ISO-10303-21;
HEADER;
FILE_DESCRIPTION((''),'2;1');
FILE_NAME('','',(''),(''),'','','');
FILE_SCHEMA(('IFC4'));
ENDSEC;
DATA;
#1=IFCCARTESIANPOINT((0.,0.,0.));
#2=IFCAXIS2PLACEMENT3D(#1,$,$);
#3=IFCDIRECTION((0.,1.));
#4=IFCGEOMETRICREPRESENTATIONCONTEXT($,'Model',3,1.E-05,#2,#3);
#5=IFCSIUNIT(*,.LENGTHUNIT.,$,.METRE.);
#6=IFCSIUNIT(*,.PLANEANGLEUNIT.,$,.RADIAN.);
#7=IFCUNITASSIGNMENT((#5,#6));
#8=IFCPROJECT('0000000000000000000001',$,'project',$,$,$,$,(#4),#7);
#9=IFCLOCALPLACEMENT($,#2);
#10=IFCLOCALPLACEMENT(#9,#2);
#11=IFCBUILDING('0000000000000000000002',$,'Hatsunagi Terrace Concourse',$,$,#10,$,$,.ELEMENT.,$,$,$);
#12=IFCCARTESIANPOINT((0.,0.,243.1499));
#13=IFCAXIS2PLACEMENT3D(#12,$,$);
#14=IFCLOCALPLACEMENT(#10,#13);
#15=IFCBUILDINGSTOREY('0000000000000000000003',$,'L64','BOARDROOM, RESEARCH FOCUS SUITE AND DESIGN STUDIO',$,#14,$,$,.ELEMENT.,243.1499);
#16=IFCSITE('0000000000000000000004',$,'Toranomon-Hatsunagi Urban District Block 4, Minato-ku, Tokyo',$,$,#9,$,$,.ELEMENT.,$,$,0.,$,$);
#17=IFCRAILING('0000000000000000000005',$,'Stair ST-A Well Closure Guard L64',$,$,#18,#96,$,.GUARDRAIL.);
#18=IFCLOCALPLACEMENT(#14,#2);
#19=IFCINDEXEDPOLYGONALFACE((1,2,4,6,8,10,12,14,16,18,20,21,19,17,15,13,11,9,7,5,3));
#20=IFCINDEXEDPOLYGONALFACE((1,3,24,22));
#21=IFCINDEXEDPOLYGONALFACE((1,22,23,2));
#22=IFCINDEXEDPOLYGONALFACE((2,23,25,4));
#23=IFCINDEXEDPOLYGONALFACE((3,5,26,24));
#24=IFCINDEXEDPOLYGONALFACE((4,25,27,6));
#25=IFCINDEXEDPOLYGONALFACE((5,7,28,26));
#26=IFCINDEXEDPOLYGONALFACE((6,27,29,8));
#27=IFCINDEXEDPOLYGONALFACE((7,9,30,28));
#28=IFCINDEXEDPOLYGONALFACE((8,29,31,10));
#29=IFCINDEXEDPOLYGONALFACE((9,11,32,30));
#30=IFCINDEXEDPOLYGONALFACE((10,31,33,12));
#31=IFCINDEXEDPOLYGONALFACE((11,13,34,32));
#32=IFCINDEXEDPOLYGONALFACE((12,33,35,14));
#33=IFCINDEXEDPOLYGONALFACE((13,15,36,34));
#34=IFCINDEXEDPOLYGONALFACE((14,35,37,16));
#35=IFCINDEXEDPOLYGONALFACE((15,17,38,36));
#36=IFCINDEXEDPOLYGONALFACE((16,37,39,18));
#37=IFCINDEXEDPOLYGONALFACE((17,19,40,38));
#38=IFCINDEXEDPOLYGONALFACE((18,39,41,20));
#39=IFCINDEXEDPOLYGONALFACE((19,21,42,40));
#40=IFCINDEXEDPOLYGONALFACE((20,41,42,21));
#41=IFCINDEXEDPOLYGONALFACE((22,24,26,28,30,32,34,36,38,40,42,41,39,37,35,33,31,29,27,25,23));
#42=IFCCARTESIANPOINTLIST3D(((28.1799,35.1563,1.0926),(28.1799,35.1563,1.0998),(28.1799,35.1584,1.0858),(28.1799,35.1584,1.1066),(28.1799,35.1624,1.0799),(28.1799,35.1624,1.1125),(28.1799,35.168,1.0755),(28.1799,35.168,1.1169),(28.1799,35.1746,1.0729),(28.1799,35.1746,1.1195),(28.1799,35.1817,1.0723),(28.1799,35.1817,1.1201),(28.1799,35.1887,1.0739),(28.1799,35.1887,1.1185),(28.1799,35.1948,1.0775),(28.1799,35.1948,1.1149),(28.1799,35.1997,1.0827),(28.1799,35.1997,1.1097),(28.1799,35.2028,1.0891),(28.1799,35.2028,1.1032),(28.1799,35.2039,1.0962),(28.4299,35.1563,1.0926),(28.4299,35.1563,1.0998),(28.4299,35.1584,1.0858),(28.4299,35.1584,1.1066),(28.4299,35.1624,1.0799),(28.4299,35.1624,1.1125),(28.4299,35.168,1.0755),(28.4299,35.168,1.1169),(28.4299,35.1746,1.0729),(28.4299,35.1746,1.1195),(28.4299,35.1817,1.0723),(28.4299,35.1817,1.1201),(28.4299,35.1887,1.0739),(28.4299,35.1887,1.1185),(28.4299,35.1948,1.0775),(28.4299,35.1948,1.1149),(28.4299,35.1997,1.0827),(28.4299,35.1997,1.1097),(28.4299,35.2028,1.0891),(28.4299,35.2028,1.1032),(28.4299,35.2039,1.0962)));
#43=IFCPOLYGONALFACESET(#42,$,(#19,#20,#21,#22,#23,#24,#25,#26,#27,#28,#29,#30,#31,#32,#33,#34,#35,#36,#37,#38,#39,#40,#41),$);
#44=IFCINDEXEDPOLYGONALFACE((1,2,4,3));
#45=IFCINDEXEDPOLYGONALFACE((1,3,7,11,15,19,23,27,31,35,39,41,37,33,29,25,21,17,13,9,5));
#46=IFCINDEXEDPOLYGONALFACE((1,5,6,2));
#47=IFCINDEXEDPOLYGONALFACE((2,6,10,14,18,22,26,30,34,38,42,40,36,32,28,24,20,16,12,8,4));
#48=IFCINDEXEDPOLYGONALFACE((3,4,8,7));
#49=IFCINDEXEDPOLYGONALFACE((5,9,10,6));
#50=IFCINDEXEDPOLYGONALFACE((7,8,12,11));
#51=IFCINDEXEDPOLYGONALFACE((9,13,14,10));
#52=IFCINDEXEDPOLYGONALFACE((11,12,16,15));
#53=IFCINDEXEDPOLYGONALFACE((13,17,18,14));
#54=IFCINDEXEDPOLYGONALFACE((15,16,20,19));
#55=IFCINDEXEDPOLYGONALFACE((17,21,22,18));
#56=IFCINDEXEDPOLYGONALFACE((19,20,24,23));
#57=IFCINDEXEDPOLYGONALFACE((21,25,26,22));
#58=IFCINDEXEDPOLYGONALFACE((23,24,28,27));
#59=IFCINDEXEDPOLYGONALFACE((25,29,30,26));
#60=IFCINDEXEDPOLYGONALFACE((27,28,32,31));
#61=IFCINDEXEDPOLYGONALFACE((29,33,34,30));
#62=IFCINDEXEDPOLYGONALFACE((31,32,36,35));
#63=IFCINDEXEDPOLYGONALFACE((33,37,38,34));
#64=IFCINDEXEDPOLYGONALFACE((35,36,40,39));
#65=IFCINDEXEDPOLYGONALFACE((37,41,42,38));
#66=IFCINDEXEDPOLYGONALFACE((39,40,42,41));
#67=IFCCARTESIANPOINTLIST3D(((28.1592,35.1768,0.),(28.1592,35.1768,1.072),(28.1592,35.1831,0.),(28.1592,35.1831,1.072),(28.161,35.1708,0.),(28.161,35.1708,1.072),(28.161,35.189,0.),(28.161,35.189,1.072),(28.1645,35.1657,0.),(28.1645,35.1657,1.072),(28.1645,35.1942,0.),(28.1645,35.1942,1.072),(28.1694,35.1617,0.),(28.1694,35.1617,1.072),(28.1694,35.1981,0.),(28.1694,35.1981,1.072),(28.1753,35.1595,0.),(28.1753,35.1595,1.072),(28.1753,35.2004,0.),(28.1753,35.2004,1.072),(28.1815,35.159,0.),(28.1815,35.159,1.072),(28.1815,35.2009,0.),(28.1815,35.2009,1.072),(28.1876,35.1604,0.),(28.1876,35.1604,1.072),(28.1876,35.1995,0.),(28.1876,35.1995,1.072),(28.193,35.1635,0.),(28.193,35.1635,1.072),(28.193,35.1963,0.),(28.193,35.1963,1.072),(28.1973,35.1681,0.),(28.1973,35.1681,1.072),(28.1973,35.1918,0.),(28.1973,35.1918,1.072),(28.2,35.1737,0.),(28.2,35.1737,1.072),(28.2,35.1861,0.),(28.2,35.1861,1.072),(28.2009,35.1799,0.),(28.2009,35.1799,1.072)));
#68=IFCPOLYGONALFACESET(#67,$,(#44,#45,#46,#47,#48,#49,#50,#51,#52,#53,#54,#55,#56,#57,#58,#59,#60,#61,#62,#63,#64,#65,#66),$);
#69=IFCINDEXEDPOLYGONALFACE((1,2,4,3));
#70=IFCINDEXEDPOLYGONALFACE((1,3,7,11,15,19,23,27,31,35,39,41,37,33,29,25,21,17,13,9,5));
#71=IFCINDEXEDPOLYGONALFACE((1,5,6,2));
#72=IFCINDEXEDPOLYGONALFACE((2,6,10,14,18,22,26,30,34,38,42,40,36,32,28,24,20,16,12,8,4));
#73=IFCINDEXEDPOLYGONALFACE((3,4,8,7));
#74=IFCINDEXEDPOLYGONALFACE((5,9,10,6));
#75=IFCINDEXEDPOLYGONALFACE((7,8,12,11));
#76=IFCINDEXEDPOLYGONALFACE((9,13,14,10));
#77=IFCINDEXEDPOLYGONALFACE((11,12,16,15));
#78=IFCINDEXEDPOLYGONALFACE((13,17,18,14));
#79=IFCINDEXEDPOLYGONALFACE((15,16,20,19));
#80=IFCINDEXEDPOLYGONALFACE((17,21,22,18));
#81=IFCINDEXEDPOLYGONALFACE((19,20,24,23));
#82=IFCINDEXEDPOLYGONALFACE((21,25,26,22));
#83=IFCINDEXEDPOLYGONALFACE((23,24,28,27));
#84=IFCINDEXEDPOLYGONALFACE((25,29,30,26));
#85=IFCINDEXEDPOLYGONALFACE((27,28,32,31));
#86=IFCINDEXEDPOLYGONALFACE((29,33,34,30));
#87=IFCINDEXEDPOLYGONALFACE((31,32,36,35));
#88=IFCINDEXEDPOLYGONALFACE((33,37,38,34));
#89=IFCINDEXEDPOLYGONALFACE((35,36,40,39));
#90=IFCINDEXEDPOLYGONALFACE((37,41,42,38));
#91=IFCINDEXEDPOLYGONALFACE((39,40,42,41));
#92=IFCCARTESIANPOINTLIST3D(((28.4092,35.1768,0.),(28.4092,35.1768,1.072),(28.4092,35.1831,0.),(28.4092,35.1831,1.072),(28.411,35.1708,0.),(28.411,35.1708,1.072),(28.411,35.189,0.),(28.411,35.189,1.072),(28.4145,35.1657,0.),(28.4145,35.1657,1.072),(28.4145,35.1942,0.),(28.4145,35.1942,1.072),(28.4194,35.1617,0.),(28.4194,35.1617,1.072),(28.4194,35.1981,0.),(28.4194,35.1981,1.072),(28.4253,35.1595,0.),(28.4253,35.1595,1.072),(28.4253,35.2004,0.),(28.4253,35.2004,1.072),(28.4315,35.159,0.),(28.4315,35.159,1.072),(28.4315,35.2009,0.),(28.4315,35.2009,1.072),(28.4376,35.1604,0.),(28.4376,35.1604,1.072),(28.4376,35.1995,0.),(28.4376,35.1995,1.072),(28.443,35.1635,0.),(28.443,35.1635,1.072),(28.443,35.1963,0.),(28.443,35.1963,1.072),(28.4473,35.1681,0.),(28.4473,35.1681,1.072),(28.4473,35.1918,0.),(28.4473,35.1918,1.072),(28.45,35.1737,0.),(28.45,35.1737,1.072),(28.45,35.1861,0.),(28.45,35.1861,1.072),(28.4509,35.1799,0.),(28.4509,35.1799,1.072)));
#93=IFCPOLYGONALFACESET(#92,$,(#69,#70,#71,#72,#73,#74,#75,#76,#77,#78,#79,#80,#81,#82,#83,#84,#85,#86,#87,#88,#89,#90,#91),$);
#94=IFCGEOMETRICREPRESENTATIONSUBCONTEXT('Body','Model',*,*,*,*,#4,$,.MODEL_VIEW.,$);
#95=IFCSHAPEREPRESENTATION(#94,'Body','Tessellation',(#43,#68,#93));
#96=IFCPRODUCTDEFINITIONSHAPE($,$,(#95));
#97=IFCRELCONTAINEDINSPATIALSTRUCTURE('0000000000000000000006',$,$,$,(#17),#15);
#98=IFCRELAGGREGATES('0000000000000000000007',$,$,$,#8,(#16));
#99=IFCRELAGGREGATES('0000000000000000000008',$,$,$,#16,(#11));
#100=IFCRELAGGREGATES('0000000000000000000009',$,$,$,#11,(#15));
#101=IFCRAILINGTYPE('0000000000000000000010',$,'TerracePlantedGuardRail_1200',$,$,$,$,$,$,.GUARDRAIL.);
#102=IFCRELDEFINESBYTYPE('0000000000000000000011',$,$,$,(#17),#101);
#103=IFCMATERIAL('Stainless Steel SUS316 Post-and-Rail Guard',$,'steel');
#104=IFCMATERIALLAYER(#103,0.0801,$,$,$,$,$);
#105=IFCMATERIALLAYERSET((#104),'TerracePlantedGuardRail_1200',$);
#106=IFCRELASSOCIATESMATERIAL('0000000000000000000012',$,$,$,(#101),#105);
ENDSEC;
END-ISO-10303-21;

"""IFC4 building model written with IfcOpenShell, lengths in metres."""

from ifc_helpers import new_model, si_unit, direction, frame, origin, origin_2d, place, context, subcontext, project, spatial, circle, extrude, material, layer, layer_set, type_object, element, save


model = new_model("IFC4")

# Units and contexts
model_context = context("Model", 3, precision=1e-05, world=origin(), true_north=direction((0.0, 1.0)))
body_context = subcontext(model_context, "Body", "Model", "MODEL_VIEW")
ifc_project = project(units=[si_unit("LENGTHUNIT", "METRE"), si_unit("PLANEANGLEUNIT", "RADIAN")], contexts=[model_context])

# Site, building, storey
site_placement = place(None, origin())
site = spatial("IfcSite", under=ifc_project, at=site_placement, Name="Toranomon-Hatsunagi Urban District Block 4, Minato-ku, Tokyo", CompositionType="ELEMENT", RefElevation=0.0)
building_placement = place(site_placement, origin())
building = spatial("IfcBuilding", under=site, at=building_placement, Name="Hatsunagi Terrace Concourse", CompositionType="ELEMENT")
storey_placement = place(building_placement, frame((0.0, 0.0, 243.1499)))
storey = spatial("IfcBuildingStorey", under=building, at=storey_placement, Name="L64", Description="BOARDROOM, RESEARCH FOCUS SUITE AND DESIGN STUDIO", CompositionType="ELEMENT", Elevation=243.1499)

# Railing
ifc_material_1 = material(Name="Stainless Steel SUS316 Post-and-Rail Guard", Category="steel")
ifc_layer_1 = layer(ifc_material_1, 0.0801)
ifc_layer_set_1 = layer_set([ifc_layer_1], Name="TerracePlantedGuardRail_1200")
railing_type_1 = type_object("IfcRailingType", Name="TerracePlantedGuardRail_1200", PredefinedType="GUARDRAIL", material=ifc_layer_set_1)
railing_1_placement = place(storey_placement, frame((28.1799, 35.1799, 0.0)))
element("IfcRailing", 1, at=railing_1_placement, inside=storey, type_object=railing_type_1, Name="Stair ST-A Well Closure Guard L64", PredefinedType="GUARDRAIL", context=body_context, shape_type="SweptSolid", body=[
    extrude(circle(Radius=0.0239, at=origin_2d()), frame((0.0, 0.0, 1.0962), z_axis=(1.0, 0.0, 0.0), x_axis=(0.0, 1.0, 0.0)), (0.0, 0.0, 1.0), 0.25),
    extrude(circle(Radius=0.021, at=origin_2d()), origin(), (0.0, 0.0, 1.0), 1.072),
    extrude(circle(Radius=0.021, at=origin_2d()), frame((0.25, 0.0, 0.0)), (0.0, 0.0, 1.0), 1.072),
])

save(model, "model.ifc")
